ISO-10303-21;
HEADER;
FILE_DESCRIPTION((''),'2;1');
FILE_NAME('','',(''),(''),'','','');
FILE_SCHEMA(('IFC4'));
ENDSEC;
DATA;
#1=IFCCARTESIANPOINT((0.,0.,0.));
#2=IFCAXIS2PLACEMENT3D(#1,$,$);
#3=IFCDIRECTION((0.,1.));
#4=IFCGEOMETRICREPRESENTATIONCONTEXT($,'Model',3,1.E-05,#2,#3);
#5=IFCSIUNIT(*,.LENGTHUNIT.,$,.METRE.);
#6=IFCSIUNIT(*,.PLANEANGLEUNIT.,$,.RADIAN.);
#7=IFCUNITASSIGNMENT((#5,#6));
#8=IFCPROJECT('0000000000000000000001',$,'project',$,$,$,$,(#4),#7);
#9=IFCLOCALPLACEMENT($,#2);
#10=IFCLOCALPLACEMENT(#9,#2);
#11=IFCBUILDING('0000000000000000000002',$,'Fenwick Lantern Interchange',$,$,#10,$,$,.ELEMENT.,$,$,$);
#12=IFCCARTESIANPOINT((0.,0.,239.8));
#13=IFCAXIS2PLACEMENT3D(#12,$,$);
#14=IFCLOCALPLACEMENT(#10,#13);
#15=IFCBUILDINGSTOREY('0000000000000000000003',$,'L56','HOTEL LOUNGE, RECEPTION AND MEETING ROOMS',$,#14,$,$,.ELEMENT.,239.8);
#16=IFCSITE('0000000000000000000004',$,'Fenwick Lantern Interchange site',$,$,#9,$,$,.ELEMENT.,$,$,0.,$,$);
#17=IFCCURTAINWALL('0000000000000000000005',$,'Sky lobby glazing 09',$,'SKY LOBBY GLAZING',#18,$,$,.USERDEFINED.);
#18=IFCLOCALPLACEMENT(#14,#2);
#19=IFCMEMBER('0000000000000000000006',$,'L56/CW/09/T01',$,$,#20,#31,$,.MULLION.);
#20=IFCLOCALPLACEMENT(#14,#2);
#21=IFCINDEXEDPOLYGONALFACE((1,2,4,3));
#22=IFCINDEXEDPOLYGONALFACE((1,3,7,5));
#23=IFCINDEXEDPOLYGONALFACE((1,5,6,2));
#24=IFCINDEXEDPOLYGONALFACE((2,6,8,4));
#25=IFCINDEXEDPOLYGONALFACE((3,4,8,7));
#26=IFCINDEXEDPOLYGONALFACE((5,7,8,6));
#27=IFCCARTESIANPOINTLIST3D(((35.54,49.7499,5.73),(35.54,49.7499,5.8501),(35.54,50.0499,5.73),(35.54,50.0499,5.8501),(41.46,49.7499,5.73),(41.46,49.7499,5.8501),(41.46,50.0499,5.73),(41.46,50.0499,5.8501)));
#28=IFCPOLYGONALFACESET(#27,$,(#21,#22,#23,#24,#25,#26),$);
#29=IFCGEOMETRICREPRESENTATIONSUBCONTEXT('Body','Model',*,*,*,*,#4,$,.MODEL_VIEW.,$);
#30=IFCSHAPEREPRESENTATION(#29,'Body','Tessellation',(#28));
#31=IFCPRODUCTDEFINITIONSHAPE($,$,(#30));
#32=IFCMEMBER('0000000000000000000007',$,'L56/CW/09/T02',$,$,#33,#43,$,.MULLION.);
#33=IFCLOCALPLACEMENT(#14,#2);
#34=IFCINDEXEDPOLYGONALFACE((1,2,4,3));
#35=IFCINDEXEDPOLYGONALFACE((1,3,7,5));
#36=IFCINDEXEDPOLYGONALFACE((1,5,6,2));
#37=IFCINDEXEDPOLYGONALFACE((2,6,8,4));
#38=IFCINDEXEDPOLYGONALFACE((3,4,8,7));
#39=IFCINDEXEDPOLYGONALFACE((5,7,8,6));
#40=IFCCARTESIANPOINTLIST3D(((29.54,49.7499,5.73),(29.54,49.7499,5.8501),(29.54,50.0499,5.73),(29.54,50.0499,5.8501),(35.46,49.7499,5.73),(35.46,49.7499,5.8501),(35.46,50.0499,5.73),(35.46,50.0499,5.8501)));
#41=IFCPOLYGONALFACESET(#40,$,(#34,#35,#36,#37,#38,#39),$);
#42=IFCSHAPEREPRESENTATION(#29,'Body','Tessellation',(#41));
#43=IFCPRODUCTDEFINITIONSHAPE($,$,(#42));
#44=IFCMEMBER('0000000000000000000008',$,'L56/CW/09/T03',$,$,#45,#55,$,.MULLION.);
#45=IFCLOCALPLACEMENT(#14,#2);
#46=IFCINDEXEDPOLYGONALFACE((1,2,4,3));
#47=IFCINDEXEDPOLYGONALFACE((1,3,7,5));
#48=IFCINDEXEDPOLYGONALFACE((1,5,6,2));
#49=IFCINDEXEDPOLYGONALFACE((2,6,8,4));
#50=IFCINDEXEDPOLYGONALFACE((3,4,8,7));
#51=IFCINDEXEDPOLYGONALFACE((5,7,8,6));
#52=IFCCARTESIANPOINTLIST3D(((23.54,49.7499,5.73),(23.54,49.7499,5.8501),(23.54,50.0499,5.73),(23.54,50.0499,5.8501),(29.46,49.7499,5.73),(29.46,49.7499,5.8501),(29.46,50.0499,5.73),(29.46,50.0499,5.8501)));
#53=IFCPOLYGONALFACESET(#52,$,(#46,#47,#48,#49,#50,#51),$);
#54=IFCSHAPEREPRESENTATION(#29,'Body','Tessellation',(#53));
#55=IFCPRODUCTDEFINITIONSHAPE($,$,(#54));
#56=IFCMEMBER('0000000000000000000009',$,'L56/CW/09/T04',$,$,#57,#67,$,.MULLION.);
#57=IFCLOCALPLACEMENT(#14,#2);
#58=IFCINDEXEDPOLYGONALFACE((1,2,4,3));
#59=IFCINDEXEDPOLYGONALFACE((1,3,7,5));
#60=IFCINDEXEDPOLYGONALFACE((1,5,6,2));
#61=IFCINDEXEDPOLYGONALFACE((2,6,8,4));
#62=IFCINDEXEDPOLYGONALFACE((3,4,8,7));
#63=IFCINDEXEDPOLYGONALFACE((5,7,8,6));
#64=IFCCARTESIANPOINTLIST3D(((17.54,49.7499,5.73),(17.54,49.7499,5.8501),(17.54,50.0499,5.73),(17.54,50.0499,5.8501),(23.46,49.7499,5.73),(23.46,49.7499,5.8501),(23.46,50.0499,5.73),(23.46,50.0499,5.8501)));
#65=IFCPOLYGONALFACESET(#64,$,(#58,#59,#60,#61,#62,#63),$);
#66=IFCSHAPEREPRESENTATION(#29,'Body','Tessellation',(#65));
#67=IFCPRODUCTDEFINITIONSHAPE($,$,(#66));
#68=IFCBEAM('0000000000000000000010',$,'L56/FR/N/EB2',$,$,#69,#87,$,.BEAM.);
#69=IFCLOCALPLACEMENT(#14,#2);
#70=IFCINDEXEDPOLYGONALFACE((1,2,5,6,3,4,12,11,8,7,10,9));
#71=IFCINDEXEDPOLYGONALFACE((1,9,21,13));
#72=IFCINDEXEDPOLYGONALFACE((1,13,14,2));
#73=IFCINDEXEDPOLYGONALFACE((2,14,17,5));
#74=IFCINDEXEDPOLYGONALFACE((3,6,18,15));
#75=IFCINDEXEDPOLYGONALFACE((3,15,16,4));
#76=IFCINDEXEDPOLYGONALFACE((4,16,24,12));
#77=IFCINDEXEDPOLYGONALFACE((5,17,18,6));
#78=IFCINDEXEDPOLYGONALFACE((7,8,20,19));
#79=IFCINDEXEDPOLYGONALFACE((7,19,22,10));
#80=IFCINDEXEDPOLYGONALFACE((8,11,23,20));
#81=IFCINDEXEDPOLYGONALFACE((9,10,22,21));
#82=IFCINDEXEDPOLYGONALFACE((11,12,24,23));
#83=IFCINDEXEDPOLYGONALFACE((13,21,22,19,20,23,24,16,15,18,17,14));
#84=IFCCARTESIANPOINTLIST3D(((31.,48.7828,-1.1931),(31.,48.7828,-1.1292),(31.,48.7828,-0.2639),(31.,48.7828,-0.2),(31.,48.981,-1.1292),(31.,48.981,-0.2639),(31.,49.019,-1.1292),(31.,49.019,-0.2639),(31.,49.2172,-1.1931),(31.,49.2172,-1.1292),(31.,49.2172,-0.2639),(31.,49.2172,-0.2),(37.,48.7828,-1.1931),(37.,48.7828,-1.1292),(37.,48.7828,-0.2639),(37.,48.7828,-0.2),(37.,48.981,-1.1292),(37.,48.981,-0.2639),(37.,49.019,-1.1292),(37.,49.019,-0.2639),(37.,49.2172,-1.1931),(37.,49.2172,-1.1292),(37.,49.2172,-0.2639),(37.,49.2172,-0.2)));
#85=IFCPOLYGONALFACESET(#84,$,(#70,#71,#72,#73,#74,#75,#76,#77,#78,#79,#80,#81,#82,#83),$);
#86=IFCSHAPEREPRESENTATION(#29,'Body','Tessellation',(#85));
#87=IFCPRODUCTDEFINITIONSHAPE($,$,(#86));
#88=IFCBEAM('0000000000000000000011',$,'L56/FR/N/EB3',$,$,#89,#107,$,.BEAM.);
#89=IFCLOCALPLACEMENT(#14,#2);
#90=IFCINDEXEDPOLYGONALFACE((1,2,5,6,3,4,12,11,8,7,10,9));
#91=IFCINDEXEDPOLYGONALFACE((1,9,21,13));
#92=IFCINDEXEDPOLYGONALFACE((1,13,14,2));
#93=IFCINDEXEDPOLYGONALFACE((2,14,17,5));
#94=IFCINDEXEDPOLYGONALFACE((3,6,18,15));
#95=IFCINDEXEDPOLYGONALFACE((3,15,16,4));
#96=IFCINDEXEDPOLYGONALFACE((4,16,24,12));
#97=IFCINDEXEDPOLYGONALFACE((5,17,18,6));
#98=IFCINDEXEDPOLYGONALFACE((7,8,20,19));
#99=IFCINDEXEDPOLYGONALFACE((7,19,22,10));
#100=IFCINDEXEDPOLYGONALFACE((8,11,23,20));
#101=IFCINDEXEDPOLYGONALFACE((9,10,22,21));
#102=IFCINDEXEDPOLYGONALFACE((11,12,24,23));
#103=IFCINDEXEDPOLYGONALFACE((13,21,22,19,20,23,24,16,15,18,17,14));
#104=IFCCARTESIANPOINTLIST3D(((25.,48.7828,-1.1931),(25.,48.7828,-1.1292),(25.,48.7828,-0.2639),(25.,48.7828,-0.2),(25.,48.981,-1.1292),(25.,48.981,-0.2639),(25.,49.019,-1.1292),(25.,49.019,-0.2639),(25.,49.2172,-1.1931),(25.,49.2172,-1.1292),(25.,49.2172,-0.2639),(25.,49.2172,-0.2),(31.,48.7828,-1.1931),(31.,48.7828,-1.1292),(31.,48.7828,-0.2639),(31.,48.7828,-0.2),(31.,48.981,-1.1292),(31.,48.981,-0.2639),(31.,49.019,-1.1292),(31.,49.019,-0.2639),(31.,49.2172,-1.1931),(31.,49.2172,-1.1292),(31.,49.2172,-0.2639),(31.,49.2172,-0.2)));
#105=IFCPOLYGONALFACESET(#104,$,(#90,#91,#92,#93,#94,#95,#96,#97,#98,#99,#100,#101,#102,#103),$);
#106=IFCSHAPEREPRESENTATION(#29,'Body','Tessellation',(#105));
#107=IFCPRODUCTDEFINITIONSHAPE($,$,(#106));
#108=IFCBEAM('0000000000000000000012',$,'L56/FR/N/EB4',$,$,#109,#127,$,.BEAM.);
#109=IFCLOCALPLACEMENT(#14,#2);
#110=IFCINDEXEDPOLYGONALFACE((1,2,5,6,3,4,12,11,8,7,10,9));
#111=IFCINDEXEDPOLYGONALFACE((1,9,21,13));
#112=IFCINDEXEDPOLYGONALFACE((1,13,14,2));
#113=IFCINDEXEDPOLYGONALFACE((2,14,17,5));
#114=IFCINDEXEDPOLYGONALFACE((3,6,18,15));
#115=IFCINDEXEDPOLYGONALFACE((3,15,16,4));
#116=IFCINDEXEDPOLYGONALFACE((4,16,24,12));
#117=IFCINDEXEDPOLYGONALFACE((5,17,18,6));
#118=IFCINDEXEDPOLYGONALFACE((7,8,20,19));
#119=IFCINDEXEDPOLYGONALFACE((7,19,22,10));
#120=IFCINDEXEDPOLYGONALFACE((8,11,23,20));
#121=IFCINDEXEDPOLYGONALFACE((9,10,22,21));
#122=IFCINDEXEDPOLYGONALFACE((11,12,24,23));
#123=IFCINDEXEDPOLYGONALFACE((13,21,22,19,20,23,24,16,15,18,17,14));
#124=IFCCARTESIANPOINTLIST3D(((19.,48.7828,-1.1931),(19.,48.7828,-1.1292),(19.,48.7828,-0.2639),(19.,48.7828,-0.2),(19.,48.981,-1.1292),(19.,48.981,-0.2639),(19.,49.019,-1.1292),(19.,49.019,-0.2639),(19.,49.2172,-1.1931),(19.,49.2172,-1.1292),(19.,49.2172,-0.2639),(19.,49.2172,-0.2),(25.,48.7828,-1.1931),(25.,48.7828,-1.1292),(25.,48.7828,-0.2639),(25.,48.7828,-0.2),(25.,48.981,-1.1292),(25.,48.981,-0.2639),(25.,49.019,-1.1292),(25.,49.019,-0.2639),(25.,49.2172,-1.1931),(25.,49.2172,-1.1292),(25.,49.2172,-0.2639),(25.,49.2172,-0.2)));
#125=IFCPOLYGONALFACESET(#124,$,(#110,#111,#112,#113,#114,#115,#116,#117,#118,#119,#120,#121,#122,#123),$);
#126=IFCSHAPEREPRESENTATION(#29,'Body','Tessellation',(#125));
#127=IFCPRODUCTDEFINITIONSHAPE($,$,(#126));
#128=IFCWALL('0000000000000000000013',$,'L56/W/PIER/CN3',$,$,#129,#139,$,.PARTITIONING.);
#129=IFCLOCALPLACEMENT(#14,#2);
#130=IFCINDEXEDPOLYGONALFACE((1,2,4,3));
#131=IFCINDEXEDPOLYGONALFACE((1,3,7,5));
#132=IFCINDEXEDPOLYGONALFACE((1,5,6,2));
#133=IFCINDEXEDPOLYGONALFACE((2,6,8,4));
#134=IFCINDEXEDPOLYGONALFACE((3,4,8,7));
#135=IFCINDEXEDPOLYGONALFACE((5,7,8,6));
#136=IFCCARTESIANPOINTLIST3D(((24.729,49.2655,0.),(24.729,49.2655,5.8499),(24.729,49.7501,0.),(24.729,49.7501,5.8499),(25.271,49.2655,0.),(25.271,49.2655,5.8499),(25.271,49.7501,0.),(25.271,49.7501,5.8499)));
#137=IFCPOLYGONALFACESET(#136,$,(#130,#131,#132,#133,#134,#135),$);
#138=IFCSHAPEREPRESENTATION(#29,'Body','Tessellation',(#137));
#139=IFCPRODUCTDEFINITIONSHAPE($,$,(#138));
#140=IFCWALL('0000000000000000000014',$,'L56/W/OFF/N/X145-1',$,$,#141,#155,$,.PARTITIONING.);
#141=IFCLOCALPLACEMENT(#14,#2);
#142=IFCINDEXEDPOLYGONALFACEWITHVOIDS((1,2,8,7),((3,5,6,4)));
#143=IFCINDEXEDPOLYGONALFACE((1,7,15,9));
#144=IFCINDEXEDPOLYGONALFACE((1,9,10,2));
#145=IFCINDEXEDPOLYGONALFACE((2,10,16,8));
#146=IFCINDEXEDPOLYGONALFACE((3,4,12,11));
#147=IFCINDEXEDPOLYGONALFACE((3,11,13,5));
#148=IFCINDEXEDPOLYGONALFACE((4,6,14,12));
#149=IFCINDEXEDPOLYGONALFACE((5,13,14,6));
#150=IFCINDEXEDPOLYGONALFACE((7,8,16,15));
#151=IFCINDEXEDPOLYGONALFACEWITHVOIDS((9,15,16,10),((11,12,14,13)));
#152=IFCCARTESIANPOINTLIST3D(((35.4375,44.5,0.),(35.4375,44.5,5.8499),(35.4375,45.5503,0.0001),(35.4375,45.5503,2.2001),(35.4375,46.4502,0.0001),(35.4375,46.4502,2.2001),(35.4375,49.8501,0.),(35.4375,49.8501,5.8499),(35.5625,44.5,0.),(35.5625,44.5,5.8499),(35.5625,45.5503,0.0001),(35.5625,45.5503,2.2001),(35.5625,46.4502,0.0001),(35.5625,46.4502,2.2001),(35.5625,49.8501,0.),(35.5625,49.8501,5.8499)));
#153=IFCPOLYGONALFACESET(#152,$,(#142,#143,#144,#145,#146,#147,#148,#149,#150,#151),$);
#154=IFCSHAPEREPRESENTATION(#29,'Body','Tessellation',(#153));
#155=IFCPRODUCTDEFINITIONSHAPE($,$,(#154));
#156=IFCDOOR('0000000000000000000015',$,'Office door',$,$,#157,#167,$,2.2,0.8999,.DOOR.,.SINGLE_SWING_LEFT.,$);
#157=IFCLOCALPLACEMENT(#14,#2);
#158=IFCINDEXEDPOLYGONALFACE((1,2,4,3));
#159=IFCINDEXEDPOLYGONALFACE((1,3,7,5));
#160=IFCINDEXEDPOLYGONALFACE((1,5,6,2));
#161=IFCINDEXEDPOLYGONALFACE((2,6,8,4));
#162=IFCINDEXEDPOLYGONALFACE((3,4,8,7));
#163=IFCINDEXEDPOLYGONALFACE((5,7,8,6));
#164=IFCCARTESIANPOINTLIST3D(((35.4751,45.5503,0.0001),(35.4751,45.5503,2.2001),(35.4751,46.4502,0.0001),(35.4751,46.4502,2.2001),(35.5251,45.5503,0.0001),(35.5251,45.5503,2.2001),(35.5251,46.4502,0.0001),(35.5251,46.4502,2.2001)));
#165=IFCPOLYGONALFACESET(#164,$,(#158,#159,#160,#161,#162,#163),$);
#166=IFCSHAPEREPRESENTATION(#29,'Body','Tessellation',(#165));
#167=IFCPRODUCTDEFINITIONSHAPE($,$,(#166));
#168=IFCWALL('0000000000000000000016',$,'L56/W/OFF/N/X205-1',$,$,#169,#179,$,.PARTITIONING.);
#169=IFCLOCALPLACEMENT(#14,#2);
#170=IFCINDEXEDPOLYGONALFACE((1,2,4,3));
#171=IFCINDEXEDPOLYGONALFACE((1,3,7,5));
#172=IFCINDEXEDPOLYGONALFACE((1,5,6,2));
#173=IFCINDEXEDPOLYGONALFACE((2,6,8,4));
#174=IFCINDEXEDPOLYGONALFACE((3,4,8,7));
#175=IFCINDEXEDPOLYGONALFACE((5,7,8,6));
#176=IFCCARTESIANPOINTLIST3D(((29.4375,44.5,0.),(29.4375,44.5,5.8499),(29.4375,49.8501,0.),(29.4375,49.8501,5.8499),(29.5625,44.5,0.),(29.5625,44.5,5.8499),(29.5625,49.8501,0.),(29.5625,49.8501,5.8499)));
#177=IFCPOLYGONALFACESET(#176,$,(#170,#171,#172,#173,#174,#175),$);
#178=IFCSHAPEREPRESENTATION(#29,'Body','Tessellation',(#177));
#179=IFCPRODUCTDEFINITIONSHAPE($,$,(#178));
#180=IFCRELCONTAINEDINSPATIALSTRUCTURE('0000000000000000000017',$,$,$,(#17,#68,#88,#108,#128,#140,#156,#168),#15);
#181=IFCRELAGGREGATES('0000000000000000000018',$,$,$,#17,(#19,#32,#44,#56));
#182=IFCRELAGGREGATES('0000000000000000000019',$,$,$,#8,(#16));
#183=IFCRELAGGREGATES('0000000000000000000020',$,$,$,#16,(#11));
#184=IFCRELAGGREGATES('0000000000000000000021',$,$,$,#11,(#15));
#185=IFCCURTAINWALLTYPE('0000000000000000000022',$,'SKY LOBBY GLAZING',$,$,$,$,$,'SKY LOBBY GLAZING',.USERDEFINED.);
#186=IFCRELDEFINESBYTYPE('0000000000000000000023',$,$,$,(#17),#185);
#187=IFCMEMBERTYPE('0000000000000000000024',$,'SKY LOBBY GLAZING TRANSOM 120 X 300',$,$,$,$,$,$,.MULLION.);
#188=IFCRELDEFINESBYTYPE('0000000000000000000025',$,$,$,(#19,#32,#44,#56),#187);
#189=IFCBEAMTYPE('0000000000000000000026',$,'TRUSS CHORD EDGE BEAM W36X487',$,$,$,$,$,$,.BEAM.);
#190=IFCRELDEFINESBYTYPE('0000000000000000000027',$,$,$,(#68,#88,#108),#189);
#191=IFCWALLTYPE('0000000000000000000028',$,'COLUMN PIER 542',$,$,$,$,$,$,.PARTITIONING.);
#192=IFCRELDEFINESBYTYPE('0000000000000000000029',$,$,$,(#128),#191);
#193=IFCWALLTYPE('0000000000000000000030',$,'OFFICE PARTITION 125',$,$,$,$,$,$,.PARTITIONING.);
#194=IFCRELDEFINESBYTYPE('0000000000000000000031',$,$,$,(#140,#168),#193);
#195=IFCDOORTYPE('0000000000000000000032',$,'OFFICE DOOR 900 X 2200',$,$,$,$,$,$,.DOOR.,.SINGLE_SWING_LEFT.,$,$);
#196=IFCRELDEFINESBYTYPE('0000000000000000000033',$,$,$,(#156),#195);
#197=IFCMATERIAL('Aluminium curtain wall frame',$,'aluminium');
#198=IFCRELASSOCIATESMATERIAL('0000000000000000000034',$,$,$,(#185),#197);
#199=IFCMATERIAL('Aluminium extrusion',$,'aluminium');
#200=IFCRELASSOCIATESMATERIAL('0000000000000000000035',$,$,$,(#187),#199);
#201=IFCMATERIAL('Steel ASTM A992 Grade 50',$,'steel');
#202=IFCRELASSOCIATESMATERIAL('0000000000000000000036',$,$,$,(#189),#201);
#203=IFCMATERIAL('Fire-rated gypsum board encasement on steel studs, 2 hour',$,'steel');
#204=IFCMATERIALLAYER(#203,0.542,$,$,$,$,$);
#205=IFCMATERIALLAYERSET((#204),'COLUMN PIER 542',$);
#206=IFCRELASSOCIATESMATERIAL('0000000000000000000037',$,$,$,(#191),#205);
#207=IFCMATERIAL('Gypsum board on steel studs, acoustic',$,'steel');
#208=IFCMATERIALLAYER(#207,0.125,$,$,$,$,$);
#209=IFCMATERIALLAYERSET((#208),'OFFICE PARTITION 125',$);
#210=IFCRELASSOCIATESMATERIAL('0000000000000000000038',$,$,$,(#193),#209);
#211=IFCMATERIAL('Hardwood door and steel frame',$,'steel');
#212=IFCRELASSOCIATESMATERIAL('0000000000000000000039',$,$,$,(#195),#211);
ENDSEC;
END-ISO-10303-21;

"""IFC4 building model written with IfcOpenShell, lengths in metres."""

from ifc_helpers import new_model, si_unit, direction, frame, frame_2d, origin, origin_2d, place, context, subcontext, project, spatial, rectangle, i_section, extrude, material, layer, layer_set, material_profile, profile_set, type_object, element, fill, aggregate, save


model = new_model("IFC4")

# Units and contexts
model_context = context("Model", 3, precision=1e-05, world=origin(), true_north=direction((0.0, 1.0)))
body_context = subcontext(model_context, "Body", "Model", "MODEL_VIEW")
ifc_project = project(units=[si_unit("LENGTHUNIT", "METRE"), si_unit("PLANEANGLEUNIT", "RADIAN")], contexts=[model_context])

# Site, building, storey
site_placement = place(None, origin())
site = spatial("IfcSite", under=ifc_project, at=site_placement, Name="Fenwick Lantern Interchange site", CompositionType="ELEMENT", RefElevation=0.0)
building_placement = place(site_placement, origin())
building = spatial("IfcBuilding", under=site, at=building_placement, Name="Fenwick Lantern Interchange", CompositionType="ELEMENT")
storey_placement = place(building_placement, frame((0.0, 0.0, 239.8)))
storey = spatial("IfcBuildingStorey", under=building, at=storey_placement, Name="L56", Description="HOTEL LOUNGE, RECEPTION AND MEETING ROOMS", CompositionType="ELEMENT", Elevation=239.8)

# Shared definitions
ifc_material_1 = material(Name="Steel ASTM A992 Grade 50", Category="steel")

# Curtain wall, members
ifc_material_2 = material(Name="Aluminium curtain wall frame", Category="aluminium")
curtain_wall_type = type_object("IfcCurtainWallType", Name="SKY LOBBY GLAZING", ElementType="SKY LOBBY GLAZING", PredefinedType="USERDEFINED", material=ifc_material_2)
curtain_wall_placement = place(storey_placement, origin())
curtain_wall = element("IfcCurtainWall", 1, at=curtain_wall_placement, inside=storey, type_object=curtain_wall_type, Name="Sky lobby glazing 09", ObjectType="SKY LOBBY GLAZING", PredefinedType="USERDEFINED")
ifc_material_3 = material(Name="Aluminium extrusion", Category="aluminium")
ifc_material_profile_1 = material_profile(ifc_material_3, rectangle(XDim=0.3, YDim=0.1201, at=origin_2d()), Name="SKY LOBBY GLAZING TRANSOM 120 X 300")
ifc_profile_set_1 = profile_set([ifc_material_profile_1], Name="Aluminium extrusion")
member_type_1 = type_object("IfcMemberType", Name="SKY LOBBY GLAZING TRANSOM 120 X 300", PredefinedType="MULLION", material=ifc_profile_set_1)
member_1_placement = place(storey_placement, frame((41.46, 49.8999, 5.79), z_axis=(-1.0, 0.0, 0.0), x_axis=(0.0, -1.0, 0.0)))
member_1 = element("IfcMember", 2, at=member_1_placement, type_object=member_type_1, Name="L56/CW/09/T01", PredefinedType="MULLION", context=body_context, shape_type="SweptSolid", body=[
    extrude(rectangle(XDim=0.3, YDim=0.1201, at=origin_2d()), origin(), (0.0, 0.0, 1.0), 5.9199),
])
member_2_placement = place(storey_placement, frame((35.46, 49.8999, 5.79), z_axis=(-1.0, 0.0, 0.0), x_axis=(0.0, -1.0, 0.0)))
member_2 = element("IfcMember", 3, at=member_2_placement, type_object=member_type_1, Name="L56/CW/09/T02", PredefinedType="MULLION", context=body_context, shape_type="SweptSolid", body=[
    extrude(rectangle(XDim=0.3, YDim=0.1201, at=origin_2d()), origin(), (0.0, 0.0, 1.0), 5.9199),
])
member_3_placement = place(storey_placement, frame((29.46, 49.8999, 5.79), z_axis=(-1.0, 0.0, 0.0), x_axis=(0.0, -1.0, 0.0)))
member_3 = element("IfcMember", 4, at=member_3_placement, type_object=member_type_1, Name="L56/CW/09/T03", PredefinedType="MULLION", context=body_context, shape_type="SweptSolid", body=[
    extrude(rectangle(XDim=0.3, YDim=0.1201, at=origin_2d()), origin(), (0.0, 0.0, 1.0), 5.9199),
])
member_4_placement = place(storey_placement, frame((23.46, 49.8999, 5.79), z_axis=(-1.0, 0.0, 0.0), x_axis=(0.0, -1.0, 0.0)))
member_4 = element("IfcMember", 5, at=member_4_placement, type_object=member_type_1, Name="L56/CW/09/T04", PredefinedType="MULLION", context=body_context, shape_type="SweptSolid", body=[
    extrude(rectangle(XDim=0.3, YDim=0.1201, at=origin_2d()), origin(), (0.0, 0.0, 1.0), 5.9199),
])
aggregate(curtain_wall, [member_1, member_2, member_3, member_4])

# Beams
ifc_material_profile_2 = material_profile(ifc_material_1, i_section(OverallWidth=0.4343, OverallDepth=0.9932, WebThickness=0.0381, FlangeThickness=0.064, at=origin_2d()), Name="W36X487")
ifc_profile_set_2 = profile_set([ifc_material_profile_2], Name="Steel ASTM A992 Grade 50")
beam_type_1 = type_object("IfcBeamType", Name="TRUSS CHORD EDGE BEAM W36X487", PredefinedType="BEAM", material=ifc_profile_set_2)
for number, where, z_axis, x_axis, name in (
    (6, (37.0, 49.0, -0.6965), (-1.0, 0.0, 0.0), (0.0, -1.0, 0.0), "L56/FR/N/EB2"),
    (7, (31.0, 49.0, -0.6965), (-1.0, 0.0, 0.0), (0.0, -1.0, 0.0), "L56/FR/N/EB3"),
    (8, (25.0, 49.0, -0.6965), (-1.0, 0.0, 0.0), (0.0, -1.0, 0.0), "L56/FR/N/EB4"),
):
    element("IfcBeam", number, at=place(storey_placement, frame(where, z_axis=z_axis, x_axis=x_axis)), inside=storey, type_object=beam_type_1, Name=name, PredefinedType="BEAM", context=body_context, shape_type="SweptSolid", body=[
        extrude(i_section(OverallWidth=0.4343, OverallDepth=0.9932, WebThickness=0.0381, FlangeThickness=0.064, at=origin_2d()), origin(), (0.0, 0.0, 1.0), 6.0),
    ])

# Wall
ifc_material_4 = material(Name="Fire-rated gypsum board encasement on steel studs, 2 hour", Category="steel")
ifc_layer_1 = layer(ifc_material_4, 0.542)
ifc_layer_set_1 = layer_set([ifc_layer_1], Name="COLUMN PIER 542")
wall_type_1 = type_object("IfcWallType", Name="COLUMN PIER 542", PredefinedType="PARTITIONING", material=ifc_layer_set_1)
wall_1_placement = place(storey_placement, frame((25.0, 49.75, 0.0), z_axis=(0.0, 0.0, 1.0), x_axis=(0.0, -1.0, 0.0)))
element("IfcWall", 9, at=wall_1_placement, inside=storey, type_object=wall_type_1, Name="L56/W/PIER/CN3", PredefinedType="PARTITIONING", context=body_context, shape_type="SweptSolid", body=[
    extrude(rectangle(XDim=0.4846, YDim=0.542, at=frame_2d((0.2422, 0.0))), origin(), (0.0, 0.0, 1.0), 5.8499),
])

# Wall, opening, door
ifc_material_5 = material(Name="Gypsum board on steel studs, acoustic", Category="steel")
ifc_layer_2 = layer(ifc_material_5, 0.125)
ifc_layer_set_2 = layer_set([ifc_layer_2], Name="OFFICE PARTITION 125")
wall_type_2 = type_object("IfcWallType", Name="OFFICE PARTITION 125", PredefinedType="PARTITIONING", material=ifc_layer_set_2)
wall_2_placement = place(storey_placement, frame((35.5, 49.8501, 0.0), z_axis=(0.0, 0.0, 1.0), x_axis=(0.0, -1.0, 0.0)))
wall_2 = element("IfcWall", 10, at=wall_2_placement, inside=storey, type_object=wall_type_2, Name="L56/W/OFF/N/X145-1", PredefinedType="PARTITIONING", context=body_context, shape_type="SweptSolid", body=[
    extrude(rectangle(XDim=5.3501, YDim=0.125, at=frame_2d((2.675, 0.0))), origin(), (0.0, 0.0, 1.0), 5.8499),
])
opening_1_placement = place(wall_2_placement, frame((3.3999, 0.0, 0.0)))
opening_1 = element("IfcOpeningElement", 11, at=opening_1_placement, cuts=wall_2, PredefinedType="OPENING", context=body_context, shape_type="SweptSolid", body=[
    extrude(rectangle(XDim=0.8999, YDim=2.2, at=frame_2d((0.45, 1.1001))), frame((0.0, 0.0725, 0.0), z_axis=(0.0, -1.0, 0.0), x_axis=(1.0, 0.0, 0.0)), (0.0, 0.0, 1.0), 0.145),
])
ifc_material_6 = material(Name="Hardwood door and steel frame", Category="steel")
door_type = type_object("IfcDoorType", Name="OFFICE DOOR 900 X 2200", OperationType="SINGLE_SWING_LEFT", PredefinedType="DOOR", material=ifc_material_6)
door_1_placement = place(opening_1_placement, frame((0.8999, 0.0, 0.0), z_axis=(0.0, 0.0, 1.0), x_axis=(-1.0, 0.0, 0.0)))
door_1 = element("IfcDoor", 12, at=door_1_placement, inside=storey, type_object=door_type, Name="Office door", OperationType="SINGLE_SWING_LEFT", OverallHeight=2.2, OverallWidth=0.8999, PredefinedType="DOOR", context=body_context, shape_type="SweptSolid", body=[
    extrude(rectangle(XDim=0.8999, YDim=2.2, at=frame_2d((0.45, 1.1001))), frame((0.0, 0.0249, 0.0), z_axis=(0.0, -1.0, 0.0), x_axis=(1.0, 0.0, 0.0)), (0.0, 0.0, 1.0), 0.05),
])
fill(opening_1, door_1)

# Wall
wall_3_placement = place(storey_placement, frame((29.5, 49.8501, 0.0), z_axis=(0.0, 0.0, 1.0), x_axis=(0.0, -1.0, 0.0)))
element("IfcWall", 13, at=wall_3_placement, inside=storey, type_object=wall_type_2, Name="L56/W/OFF/N/X205-1", PredefinedType="PARTITIONING", context=body_context, shape_type="SweptSolid", body=[
    extrude(rectangle(XDim=5.3501, YDim=0.125, at=frame_2d((2.675, 0.0))), origin(), (0.0, 0.0, 1.0), 5.8499),
])

save(model, "model.ifc")
